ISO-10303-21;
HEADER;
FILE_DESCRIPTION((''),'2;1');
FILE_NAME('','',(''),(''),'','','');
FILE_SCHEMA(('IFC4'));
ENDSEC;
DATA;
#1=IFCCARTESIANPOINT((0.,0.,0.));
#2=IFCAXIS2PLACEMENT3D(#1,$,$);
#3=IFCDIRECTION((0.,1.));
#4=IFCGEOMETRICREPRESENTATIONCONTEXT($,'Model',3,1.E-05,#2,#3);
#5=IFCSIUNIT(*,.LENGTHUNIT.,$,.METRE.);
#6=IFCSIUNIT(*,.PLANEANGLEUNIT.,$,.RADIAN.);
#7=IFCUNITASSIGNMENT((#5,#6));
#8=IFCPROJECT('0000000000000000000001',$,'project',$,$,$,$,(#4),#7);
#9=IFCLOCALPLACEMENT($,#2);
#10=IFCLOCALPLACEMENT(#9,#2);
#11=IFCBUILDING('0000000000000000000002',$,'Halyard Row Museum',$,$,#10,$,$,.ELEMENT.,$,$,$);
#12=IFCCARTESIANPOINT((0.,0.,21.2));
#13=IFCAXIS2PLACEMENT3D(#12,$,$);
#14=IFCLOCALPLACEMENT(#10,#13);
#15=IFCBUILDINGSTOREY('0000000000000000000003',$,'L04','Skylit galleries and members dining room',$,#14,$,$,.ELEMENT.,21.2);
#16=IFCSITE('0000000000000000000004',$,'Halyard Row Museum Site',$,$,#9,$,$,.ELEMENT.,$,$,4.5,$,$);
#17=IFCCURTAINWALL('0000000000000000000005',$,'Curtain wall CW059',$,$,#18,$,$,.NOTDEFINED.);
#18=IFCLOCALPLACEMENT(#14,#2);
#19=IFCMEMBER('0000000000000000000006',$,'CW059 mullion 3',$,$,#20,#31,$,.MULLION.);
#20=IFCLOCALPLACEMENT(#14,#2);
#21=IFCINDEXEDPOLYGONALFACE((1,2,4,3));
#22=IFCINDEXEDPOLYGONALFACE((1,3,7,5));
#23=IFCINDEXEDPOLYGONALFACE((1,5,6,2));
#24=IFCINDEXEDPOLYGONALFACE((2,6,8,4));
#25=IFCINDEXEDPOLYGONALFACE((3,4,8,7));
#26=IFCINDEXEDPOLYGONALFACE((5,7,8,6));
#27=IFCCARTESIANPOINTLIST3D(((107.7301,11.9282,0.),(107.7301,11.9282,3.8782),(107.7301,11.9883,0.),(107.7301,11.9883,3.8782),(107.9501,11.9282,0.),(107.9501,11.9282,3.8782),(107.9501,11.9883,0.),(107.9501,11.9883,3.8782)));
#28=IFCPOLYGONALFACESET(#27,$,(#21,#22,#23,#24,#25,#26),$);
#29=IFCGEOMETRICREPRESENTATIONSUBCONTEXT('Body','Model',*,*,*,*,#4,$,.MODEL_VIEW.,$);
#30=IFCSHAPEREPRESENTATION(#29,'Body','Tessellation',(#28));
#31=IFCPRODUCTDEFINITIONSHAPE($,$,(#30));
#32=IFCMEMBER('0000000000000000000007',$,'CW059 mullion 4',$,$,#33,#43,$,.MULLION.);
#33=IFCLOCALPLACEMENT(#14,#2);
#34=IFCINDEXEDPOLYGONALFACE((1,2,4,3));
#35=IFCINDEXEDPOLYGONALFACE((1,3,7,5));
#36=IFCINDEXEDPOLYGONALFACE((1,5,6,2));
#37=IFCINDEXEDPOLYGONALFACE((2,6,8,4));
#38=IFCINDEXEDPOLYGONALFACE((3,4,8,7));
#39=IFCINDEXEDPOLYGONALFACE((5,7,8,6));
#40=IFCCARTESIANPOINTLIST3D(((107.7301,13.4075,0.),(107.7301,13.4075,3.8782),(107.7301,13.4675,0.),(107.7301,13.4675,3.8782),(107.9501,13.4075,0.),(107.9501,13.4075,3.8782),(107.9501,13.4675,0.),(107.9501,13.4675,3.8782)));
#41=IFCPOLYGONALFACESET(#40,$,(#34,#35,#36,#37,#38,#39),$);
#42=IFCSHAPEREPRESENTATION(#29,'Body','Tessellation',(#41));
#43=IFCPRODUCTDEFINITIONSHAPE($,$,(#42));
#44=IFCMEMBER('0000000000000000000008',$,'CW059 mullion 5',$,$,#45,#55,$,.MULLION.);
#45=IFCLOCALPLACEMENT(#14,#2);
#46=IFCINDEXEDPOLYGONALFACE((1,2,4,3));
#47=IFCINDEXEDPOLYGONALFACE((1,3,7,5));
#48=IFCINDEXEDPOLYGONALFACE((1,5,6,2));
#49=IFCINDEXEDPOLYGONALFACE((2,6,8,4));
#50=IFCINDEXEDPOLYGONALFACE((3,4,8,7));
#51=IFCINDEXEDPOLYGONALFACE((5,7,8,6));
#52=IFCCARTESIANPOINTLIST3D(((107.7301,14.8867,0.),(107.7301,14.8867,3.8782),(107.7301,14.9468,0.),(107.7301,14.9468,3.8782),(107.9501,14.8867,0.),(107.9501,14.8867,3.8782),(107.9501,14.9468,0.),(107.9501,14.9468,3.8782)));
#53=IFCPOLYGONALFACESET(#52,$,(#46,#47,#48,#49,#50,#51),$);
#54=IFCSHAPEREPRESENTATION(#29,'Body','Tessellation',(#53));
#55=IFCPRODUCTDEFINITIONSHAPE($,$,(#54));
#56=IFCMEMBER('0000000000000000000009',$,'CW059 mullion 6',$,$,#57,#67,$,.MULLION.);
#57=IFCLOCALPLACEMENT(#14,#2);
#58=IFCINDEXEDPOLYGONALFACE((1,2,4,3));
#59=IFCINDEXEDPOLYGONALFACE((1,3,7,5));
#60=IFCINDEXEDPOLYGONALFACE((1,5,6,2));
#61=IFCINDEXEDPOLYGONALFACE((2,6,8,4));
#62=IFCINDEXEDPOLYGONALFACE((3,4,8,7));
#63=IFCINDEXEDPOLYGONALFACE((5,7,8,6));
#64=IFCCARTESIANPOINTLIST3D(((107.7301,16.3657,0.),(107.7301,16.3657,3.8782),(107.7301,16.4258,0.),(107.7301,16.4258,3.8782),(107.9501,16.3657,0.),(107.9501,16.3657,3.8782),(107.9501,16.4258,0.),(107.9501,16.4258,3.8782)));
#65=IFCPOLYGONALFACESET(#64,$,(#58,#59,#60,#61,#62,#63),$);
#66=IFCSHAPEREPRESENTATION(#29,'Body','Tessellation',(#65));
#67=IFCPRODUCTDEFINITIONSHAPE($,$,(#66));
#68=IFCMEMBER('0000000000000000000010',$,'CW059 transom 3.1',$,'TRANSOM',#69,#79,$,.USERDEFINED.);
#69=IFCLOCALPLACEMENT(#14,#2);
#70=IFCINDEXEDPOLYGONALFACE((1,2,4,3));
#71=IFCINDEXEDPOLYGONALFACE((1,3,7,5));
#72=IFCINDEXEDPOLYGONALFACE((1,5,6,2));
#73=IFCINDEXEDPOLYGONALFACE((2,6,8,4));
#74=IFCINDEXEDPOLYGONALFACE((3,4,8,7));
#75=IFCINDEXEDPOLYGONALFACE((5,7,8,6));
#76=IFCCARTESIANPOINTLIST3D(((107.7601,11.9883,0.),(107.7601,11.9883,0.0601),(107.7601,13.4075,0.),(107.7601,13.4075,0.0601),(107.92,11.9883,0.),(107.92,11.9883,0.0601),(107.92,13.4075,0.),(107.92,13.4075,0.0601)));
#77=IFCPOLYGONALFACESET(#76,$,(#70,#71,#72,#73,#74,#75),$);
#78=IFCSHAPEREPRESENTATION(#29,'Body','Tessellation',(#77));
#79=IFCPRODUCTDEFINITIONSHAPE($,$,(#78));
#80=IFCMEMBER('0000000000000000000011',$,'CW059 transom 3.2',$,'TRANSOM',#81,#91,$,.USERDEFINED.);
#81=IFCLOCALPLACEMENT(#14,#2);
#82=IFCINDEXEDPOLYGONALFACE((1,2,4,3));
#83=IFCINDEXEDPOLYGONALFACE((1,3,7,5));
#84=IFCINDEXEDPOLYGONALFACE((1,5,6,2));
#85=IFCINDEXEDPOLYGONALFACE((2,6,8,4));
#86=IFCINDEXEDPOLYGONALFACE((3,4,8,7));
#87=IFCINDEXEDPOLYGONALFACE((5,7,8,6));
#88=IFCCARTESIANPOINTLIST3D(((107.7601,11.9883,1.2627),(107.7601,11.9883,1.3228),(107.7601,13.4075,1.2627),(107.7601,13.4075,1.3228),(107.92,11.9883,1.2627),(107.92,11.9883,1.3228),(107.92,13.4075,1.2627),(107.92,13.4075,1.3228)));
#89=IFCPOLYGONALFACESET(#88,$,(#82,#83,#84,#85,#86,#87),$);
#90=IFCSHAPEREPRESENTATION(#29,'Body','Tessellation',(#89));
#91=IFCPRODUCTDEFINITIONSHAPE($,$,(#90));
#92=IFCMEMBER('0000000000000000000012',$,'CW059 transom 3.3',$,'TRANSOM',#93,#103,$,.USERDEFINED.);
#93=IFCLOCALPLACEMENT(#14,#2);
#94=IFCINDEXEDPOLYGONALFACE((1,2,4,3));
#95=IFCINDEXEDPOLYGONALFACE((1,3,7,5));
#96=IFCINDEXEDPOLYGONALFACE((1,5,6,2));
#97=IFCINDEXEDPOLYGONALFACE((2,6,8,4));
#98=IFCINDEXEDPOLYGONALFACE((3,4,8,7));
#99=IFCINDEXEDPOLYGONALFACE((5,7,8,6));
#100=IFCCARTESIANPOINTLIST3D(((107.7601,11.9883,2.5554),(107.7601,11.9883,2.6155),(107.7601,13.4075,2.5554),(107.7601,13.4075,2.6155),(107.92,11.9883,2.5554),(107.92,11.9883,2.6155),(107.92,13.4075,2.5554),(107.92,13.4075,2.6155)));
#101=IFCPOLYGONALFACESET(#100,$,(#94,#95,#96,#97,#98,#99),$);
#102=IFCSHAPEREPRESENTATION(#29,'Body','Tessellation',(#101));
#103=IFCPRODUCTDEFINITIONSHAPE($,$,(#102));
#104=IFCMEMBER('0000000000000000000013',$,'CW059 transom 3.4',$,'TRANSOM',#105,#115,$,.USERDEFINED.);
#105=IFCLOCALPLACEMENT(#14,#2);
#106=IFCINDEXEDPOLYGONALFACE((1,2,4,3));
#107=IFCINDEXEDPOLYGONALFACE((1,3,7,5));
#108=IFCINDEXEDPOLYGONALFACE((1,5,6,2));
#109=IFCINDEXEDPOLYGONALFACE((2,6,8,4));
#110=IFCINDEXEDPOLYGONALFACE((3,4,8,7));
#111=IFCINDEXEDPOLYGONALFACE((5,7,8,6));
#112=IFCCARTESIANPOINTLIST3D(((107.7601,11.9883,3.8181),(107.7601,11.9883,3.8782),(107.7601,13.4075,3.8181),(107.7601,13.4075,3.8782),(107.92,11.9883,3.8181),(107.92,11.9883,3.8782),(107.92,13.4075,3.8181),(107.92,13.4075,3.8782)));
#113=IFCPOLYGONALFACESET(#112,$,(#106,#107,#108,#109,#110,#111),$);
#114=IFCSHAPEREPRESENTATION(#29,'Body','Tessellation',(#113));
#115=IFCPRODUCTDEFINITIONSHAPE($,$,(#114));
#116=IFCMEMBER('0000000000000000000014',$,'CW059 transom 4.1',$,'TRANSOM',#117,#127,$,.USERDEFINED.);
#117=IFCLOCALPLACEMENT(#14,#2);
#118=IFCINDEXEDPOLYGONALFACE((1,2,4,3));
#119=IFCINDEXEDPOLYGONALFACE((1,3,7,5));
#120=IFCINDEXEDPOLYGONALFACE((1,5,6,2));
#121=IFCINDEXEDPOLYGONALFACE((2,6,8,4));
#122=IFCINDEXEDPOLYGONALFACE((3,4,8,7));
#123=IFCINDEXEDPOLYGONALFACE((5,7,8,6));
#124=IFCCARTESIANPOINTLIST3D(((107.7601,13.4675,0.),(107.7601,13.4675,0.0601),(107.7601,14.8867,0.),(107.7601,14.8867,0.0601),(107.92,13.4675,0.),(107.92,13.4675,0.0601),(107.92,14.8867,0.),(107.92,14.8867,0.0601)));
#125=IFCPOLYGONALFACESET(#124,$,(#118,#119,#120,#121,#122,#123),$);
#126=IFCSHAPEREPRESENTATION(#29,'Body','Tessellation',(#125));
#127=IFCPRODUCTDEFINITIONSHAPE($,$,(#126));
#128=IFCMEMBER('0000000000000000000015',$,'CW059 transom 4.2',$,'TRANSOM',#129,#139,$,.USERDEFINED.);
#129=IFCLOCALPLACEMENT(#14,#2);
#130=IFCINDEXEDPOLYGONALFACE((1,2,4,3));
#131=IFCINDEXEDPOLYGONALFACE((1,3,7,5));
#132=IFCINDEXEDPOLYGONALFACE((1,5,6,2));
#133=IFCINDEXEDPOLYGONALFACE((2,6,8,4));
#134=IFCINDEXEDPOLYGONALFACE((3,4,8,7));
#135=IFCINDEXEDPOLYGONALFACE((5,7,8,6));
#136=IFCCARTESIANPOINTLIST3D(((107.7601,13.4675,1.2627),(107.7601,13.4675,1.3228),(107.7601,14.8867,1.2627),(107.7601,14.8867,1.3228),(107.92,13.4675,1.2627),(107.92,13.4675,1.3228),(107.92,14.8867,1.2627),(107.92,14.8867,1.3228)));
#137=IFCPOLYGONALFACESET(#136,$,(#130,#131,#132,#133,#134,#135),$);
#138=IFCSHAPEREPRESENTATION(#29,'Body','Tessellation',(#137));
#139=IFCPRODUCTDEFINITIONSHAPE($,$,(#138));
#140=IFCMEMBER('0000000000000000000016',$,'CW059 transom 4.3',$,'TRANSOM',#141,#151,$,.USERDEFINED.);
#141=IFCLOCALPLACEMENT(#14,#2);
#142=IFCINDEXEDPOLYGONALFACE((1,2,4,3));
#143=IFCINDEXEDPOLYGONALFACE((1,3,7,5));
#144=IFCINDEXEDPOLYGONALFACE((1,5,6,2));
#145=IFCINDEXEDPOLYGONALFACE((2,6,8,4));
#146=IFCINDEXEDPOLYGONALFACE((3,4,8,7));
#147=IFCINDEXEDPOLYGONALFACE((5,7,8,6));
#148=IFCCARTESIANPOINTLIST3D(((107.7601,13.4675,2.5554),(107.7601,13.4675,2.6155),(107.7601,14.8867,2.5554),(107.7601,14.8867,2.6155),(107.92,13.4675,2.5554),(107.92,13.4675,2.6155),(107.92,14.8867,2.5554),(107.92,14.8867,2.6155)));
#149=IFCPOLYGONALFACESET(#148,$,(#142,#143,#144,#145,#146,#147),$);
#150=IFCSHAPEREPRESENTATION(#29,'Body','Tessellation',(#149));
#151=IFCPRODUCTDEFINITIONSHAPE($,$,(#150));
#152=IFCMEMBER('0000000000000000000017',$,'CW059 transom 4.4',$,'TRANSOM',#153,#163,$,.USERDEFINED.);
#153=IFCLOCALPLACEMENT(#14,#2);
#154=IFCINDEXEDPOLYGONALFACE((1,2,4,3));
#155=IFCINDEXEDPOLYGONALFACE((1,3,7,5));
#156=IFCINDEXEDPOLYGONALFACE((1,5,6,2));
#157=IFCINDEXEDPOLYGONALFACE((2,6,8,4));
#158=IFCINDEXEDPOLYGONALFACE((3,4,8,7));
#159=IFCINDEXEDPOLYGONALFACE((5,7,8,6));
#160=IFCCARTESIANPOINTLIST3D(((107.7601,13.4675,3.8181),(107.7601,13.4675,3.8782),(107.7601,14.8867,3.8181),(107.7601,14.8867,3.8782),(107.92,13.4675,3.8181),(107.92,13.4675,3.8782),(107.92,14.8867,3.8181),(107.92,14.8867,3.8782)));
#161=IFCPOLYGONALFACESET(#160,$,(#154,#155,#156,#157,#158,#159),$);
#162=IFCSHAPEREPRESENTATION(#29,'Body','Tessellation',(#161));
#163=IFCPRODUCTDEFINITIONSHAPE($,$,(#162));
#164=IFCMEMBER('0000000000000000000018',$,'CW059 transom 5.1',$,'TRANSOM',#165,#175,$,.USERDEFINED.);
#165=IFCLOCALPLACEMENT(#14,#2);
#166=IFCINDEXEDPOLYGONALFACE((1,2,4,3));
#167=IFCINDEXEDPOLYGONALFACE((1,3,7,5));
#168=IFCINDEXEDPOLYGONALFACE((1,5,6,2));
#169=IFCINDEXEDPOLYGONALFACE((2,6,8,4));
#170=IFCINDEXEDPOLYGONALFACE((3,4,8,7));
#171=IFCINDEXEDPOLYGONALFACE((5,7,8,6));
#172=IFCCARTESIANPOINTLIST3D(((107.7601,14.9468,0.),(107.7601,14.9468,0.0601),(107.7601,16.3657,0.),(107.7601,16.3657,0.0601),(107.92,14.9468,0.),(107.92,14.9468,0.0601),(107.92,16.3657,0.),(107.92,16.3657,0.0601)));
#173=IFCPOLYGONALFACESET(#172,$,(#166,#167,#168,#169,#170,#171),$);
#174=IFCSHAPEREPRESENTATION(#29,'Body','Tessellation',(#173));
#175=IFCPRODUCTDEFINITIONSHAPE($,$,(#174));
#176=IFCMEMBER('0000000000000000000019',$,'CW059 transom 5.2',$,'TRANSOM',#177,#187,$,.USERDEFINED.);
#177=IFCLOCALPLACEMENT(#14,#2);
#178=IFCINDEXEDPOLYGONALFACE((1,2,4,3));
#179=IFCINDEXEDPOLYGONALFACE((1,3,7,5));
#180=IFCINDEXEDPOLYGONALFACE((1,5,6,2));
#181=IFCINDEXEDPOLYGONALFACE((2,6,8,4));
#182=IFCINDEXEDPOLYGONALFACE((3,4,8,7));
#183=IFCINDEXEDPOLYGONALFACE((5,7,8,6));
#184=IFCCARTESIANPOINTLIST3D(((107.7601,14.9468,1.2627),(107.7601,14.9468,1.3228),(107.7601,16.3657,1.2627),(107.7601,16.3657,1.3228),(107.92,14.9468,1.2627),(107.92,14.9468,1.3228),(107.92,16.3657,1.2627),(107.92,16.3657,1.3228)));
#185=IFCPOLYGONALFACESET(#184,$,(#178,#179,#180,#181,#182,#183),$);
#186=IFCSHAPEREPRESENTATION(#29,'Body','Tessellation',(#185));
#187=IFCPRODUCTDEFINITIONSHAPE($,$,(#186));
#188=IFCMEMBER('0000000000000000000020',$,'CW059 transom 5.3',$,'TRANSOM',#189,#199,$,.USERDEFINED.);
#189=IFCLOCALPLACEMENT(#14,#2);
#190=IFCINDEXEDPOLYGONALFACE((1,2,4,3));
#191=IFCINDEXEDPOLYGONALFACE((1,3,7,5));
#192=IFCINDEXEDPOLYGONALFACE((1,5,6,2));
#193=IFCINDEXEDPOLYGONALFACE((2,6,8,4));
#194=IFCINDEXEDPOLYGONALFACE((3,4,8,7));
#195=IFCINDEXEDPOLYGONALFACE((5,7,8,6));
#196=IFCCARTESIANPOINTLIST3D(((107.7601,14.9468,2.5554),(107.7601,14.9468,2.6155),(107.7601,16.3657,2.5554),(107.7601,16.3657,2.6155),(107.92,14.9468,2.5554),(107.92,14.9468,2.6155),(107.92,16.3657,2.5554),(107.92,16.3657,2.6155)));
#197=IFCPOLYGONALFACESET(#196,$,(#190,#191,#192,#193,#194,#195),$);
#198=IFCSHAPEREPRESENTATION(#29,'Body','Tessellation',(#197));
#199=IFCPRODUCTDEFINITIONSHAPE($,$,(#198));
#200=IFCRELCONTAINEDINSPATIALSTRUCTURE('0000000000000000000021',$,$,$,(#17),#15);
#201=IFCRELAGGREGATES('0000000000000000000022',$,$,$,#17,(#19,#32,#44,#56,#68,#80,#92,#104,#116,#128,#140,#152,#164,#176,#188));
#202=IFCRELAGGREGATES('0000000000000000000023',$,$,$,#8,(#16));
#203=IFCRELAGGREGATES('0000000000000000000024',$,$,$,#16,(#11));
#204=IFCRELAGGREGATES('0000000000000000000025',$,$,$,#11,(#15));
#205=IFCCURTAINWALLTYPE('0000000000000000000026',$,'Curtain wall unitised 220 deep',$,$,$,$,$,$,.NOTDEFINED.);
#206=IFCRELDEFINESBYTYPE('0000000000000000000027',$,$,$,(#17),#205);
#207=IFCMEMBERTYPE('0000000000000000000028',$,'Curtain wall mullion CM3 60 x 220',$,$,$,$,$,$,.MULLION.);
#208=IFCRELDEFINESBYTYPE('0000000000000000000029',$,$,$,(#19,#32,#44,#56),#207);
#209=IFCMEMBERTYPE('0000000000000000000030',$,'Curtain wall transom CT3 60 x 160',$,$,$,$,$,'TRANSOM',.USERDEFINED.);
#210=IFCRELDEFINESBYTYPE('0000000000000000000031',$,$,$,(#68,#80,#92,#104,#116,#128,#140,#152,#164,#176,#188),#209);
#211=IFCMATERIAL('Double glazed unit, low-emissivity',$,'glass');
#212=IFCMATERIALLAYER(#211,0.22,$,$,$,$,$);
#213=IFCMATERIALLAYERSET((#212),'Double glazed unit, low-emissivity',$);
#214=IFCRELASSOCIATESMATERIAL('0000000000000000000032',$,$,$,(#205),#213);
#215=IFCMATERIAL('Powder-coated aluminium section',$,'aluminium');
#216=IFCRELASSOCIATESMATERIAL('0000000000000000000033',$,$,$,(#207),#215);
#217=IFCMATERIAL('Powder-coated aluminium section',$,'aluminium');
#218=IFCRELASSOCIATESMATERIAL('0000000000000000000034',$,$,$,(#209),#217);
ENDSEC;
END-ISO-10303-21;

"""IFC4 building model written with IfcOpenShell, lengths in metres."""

from ifc_helpers import new_model, si_unit, direction, frame, origin, origin_2d, place, context, subcontext, project, spatial, rectangle, extrude, material, layer, layer_set, material_profile, profile_set, type_object, element, aggregate, save


model = new_model("IFC4")

# Units and contexts
model_context = context("Model", 3, precision=1e-05, world=origin(), true_north=direction((0.0, 1.0)))
body_context = subcontext(model_context, "Body", "Model", "MODEL_VIEW")
ifc_project = project(units=[si_unit("LENGTHUNIT", "METRE"), si_unit("PLANEANGLEUNIT", "RADIAN")], contexts=[model_context])

# Site, building, storey
site_placement = place(None, origin())
site = spatial("IfcSite", under=ifc_project, at=site_placement, Name="Halyard Row Museum Site", CompositionType="ELEMENT", RefElevation=4.5)
building_placement = place(site_placement, origin())
building = spatial("IfcBuilding", under=site, at=building_placement, Name="Halyard Row Museum", CompositionType="ELEMENT")
storey_placement = place(building_placement, frame((0.0, 0.0, 21.2)))
storey = spatial("IfcBuildingStorey", under=building, at=storey_placement, Name="L04", Description="Skylit galleries and members dining room", CompositionType="ELEMENT", Elevation=21.2)

# Curtain wall, members
ifc_material_1 = material(Name="Double glazed unit, low-emissivity", Category="glass")
ifc_layer_1 = layer(ifc_material_1, 0.22)
ifc_layer_set_1 = layer_set([ifc_layer_1], Name="Double glazed unit, low-emissivity")
curtain_wall_type = type_object("IfcCurtainWallType", Name="Curtain wall unitised 220 deep", PredefinedType="NOTDEFINED", material=ifc_layer_set_1)
curtain_wall_placement = place(storey_placement, origin())
curtain_wall = element("IfcCurtainWall", 1, at=curtain_wall_placement, inside=storey, type_object=curtain_wall_type, Name="Curtain wall CW059", PredefinedType="NOTDEFINED")
ifc_material_2 = material(Name="Powder-coated aluminium section", Category="aluminium")
ifc_material_profile_1 = material_profile(ifc_material_2, rectangle(XDim=0.22, YDim=0.0601, at=origin_2d()), Name="220x60 mullion")
ifc_profile_set_1 = profile_set([ifc_material_profile_1], Name="Powder-coated aluminium section")
member_type_1 = type_object("IfcMemberType", Name="Curtain wall mullion CM3 60 x 220", PredefinedType="MULLION", material=ifc_profile_set_1)
member_1_placement = place(storey_placement, frame((107.8401, 11.9583, 0.0), z_axis=(0.0, 0.0, 1.0), x_axis=(-1.0, 0.0, 0.0)))
member_1 = element("IfcMember", 2, at=member_1_placement, type_object=member_type_1, Name="CW059 mullion 3", PredefinedType="MULLION", context=body_context, shape_type="SweptSolid", body=[
    extrude(rectangle(XDim=0.22, YDim=0.0601, at=origin_2d()), origin(), (0.0, 0.0, 1.0), 3.8782),
])
member_2_placement = place(storey_placement, frame((107.8401, 13.4375, 0.0), z_axis=(0.0, 0.0, 1.0), x_axis=(-1.0, 0.0, 0.0)))
member_2 = element("IfcMember", 3, at=member_2_placement, type_object=member_type_1, Name="CW059 mullion 4", PredefinedType="MULLION", context=body_context, shape_type="SweptSolid", body=[
    extrude(rectangle(XDim=0.22, YDim=0.0601, at=origin_2d()), origin(), (0.0, 0.0, 1.0), 3.8782),
])
member_3_placement = place(storey_placement, frame((107.8401, 14.9167, 0.0), z_axis=(0.0, 0.0, 1.0), x_axis=(-1.0, 0.0, 0.0)))
member_3 = element("IfcMember", 4, at=member_3_placement, type_object=member_type_1, Name="CW059 mullion 5", PredefinedType="MULLION", context=body_context, shape_type="SweptSolid", body=[
    extrude(rectangle(XDim=0.22, YDim=0.0601, at=origin_2d()), origin(), (0.0, 0.0, 1.0), 3.8782),
])
member_4_placement = place(storey_placement, frame((107.8401, 16.3958, 0.0), z_axis=(0.0, 0.0, 1.0), x_axis=(-1.0, 0.0, 0.0)))
member_4 = element("IfcMember", 5, at=member_4_placement, type_object=member_type_1, Name="CW059 mullion 6", PredefinedType="MULLION", context=body_context, shape_type="SweptSolid", body=[
    extrude(rectangle(XDim=0.22, YDim=0.0601, at=origin_2d()), origin(), (0.0, 0.0, 1.0), 3.8782),
])
ifc_material_3 = material(Name="Powder-coated aluminium section", Category="aluminium")
ifc_material_profile_2 = material_profile(ifc_material_3, rectangle(XDim=0.1599, YDim=0.0601, at=origin_2d()), Name="160x60 transom")
ifc_profile_set_2 = profile_set([ifc_material_profile_2], Name="Powder-coated aluminium section")
member_type_2 = type_object("IfcMemberType", Name="Curtain wall transom CT3 60 x 160", ElementType="TRANSOM", PredefinedType="USERDEFINED", material=ifc_profile_set_2)
member_5_placement = place(storey_placement, frame((107.8401, 11.9883, 0.03), z_axis=(0.0, 1.0, 0.0), x_axis=(-1.0, 0.0, 0.0)))
member_5 = element("IfcMember", 6, at=member_5_placement, type_object=member_type_2, Name="CW059 transom 3.1", ObjectType="TRANSOM", PredefinedType="USERDEFINED", context=body_context, shape_type="SweptSolid", body=[
    extrude(rectangle(XDim=0.1599, YDim=0.0601, at=origin_2d()), origin(), (0.0, 0.0, 1.0), 1.4192),
])
member_6_placement = place(storey_placement, frame((107.8401, 11.9883, 1.2927), z_axis=(0.0, 1.0, 0.0), x_axis=(-1.0, 0.0, 0.0)))
member_6 = element("IfcMember", 7, at=member_6_placement, type_object=member_type_2, Name="CW059 transom 3.2", ObjectType="TRANSOM", PredefinedType="USERDEFINED", context=body_context, shape_type="SweptSolid", body=[
    extrude(rectangle(XDim=0.1599, YDim=0.0601, at=origin_2d()), origin(), (0.0, 0.0, 1.0), 1.4192),
])
member_7_placement = place(storey_placement, frame((107.8401, 11.9883, 2.5854), z_axis=(0.0, 1.0, 0.0), x_axis=(-1.0, 0.0, 0.0)))
member_7 = element("IfcMember", 8, at=member_7_placement, type_object=member_type_2, Name="CW059 transom 3.3", ObjectType="TRANSOM", PredefinedType="USERDEFINED", context=body_context, shape_type="SweptSolid", body=[
    extrude(rectangle(XDim=0.1599, YDim=0.0601, at=origin_2d()), origin(), (0.0, 0.0, 1.0), 1.4192),
])
member_8_placement = place(storey_placement, frame((107.8401, 11.9883, 3.8481), z_axis=(0.0, 1.0, 0.0), x_axis=(-1.0, 0.0, 0.0)))
member_8 = element("IfcMember", 9, at=member_8_placement, type_object=member_type_2, Name="CW059 transom 3.4", ObjectType="TRANSOM", PredefinedType="USERDEFINED", context=body_context, shape_type="SweptSolid", body=[
    extrude(rectangle(XDim=0.1599, YDim=0.0601, at=origin_2d()), origin(), (0.0, 0.0, 1.0), 1.4192),
])
member_9_placement = place(storey_placement, frame((107.8401, 13.4675, 0.03), z_axis=(0.0, 1.0, 0.0), x_axis=(-1.0, 0.0, 0.0)))
member_9 = element("IfcMember", 10, at=member_9_placement, type_object=member_type_2, Name="CW059 transom 4.1", ObjectType="TRANSOM", PredefinedType="USERDEFINED", context=body_context, shape_type="SweptSolid", body=[
    extrude(rectangle(XDim=0.1599, YDim=0.0601, at=origin_2d()), origin(), (0.0, 0.0, 1.0), 1.4192),
])
member_10_placement = place(storey_placement, frame((107.8401, 13.4675, 1.2927), z_axis=(0.0, 1.0, 0.0), x_axis=(-1.0, 0.0, 0.0)))
member_10 = element("IfcMember", 11, at=member_10_placement, type_object=member_type_2, Name="CW059 transom 4.2", ObjectType="TRANSOM", PredefinedType="USERDEFINED", context=body_context, shape_type="SweptSolid", body=[
    extrude(rectangle(XDim=0.1599, YDim=0.0601, at=origin_2d()), origin(), (0.0, 0.0, 1.0), 1.4192),
])
member_11_placement = place(storey_placement, frame((107.8401, 13.4675, 2.5854), z_axis=(0.0, 1.0, 0.0), x_axis=(-1.0, 0.0, 0.0)))
member_11 = element("IfcMember", 12, at=member_11_placement, type_object=member_type_2, Name="CW059 transom 4.3", ObjectType="TRANSOM", PredefinedType="USERDEFINED", context=body_context, shape_type="SweptSolid", body=[
    extrude(rectangle(XDim=0.1599, YDim=0.0601, at=origin_2d()), origin(), (0.0, 0.0, 1.0), 1.4192),
])
member_12_placement = place(storey_placement, frame((107.8401, 13.4675, 3.8481), z_axis=(0.0, 1.0, 0.0), x_axis=(-1.0, 0.0, 0.0)))
member_12 = element("IfcMember", 13, at=member_12_placement, type_object=member_type_2, Name="CW059 transom 4.4", ObjectType="TRANSOM", PredefinedType="USERDEFINED", context=body_context, shape_type="SweptSolid", body=[
    extrude(rectangle(XDim=0.1599, YDim=0.0601, at=origin_2d()), origin(), (0.0, 0.0, 1.0), 1.4192),
])
member_13_placement = place(storey_placement, frame((107.8401, 14.9468, 0.03), z_axis=(0.0, 1.0, 0.0), x_axis=(-1.0, 0.0, 0.0)))
member_13 = element("IfcMember", 14, at=member_13_placement, type_object=member_type_2, Name="CW059 transom 5.1", ObjectType="TRANSOM", PredefinedType="USERDEFINED", context=body_context, shape_type="SweptSolid", body=[
    extrude(rectangle(XDim=0.1599, YDim=0.0601, at=origin_2d()), origin(), (0.0, 0.0, 1.0), 1.4189),
])
member_14_placement = place(storey_placement, frame((107.8401, 14.9468, 1.2927), z_axis=(0.0, 1.0, 0.0), x_axis=(-1.0, 0.0, 0.0)))
member_14 = element("IfcMember", 15, at=member_14_placement, type_object=member_type_2, Name="CW059 transom 5.2", ObjectType="TRANSOM", PredefinedType="USERDEFINED", context=body_context, shape_type="SweptSolid", body=[
    extrude(rectangle(XDim=0.1599, YDim=0.0601, at=origin_2d()), origin(), (0.0, 0.0, 1.0), 1.4189),
])
member_15_placement = place(storey_placement, frame((107.8401, 14.9468, 2.5854), z_axis=(0.0, 1.0, 0.0), x_axis=(-1.0, 0.0, 0.0)))
member_15 = element("IfcMember", 16, at=member_15_placement, type_object=member_type_2, Name="CW059 transom 5.3", ObjectType="TRANSOM", PredefinedType="USERDEFINED", context=body_context, shape_type="SweptSolid", body=[
    extrude(rectangle(XDim=0.1599, YDim=0.0601, at=origin_2d()), origin(), (0.0, 0.0, 1.0), 1.4189),
])

aggregate(curtain_wall, [member_1, member_2, member_3, member_4, member_5, member_6, member_7, member_8, member_9, member_10, member_11, member_12, member_13, member_14, member_15])

save(model, "model.ifc")
